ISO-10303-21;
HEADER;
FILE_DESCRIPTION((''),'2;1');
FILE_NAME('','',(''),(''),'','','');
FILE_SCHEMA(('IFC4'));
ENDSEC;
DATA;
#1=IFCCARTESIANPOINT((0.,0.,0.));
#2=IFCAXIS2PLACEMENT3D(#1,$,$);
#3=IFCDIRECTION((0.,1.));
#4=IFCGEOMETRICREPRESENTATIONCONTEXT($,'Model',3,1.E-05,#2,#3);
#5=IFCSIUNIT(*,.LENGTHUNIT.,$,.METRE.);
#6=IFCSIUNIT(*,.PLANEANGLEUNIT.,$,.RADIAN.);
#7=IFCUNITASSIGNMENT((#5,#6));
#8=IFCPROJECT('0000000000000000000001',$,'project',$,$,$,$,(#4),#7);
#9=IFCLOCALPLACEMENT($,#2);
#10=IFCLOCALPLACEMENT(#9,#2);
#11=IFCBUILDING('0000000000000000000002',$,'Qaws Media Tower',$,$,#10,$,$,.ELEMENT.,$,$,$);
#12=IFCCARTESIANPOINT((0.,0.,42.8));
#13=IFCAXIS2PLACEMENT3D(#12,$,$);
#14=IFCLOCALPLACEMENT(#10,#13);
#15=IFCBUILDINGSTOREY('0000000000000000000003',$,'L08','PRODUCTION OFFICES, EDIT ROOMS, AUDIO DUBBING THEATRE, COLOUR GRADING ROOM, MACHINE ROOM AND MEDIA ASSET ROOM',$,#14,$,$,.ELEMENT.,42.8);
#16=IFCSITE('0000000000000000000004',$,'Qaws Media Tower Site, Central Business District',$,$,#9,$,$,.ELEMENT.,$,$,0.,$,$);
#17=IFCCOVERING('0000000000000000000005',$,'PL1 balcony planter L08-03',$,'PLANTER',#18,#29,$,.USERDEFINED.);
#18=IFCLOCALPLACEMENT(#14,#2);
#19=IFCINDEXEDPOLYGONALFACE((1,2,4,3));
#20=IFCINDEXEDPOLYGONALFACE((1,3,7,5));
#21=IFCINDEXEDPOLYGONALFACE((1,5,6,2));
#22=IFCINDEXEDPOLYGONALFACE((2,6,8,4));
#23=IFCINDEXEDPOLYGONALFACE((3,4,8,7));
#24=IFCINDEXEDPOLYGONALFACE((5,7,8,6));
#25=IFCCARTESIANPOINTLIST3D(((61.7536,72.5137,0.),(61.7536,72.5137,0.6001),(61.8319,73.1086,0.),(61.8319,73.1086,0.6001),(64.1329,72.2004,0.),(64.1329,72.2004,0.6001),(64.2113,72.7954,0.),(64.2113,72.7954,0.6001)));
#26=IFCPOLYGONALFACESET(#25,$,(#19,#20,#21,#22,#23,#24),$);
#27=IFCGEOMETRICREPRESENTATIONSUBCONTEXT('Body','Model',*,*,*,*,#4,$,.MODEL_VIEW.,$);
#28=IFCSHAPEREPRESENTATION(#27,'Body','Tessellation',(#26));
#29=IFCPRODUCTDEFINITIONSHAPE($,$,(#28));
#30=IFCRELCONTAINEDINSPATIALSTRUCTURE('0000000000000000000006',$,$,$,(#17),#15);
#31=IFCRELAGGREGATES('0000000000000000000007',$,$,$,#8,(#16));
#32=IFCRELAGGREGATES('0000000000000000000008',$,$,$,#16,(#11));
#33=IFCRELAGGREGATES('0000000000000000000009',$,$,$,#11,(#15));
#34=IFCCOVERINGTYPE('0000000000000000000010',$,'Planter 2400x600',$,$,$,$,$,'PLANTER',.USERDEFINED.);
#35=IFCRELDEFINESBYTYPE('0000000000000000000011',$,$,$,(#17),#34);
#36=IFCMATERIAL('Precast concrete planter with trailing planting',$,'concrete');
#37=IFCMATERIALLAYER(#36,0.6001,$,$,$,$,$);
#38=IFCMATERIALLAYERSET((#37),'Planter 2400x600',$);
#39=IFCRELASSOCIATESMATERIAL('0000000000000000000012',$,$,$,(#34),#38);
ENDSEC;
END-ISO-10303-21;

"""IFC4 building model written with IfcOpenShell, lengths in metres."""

from ifc_helpers import new_model, si_unit, direction, frame, origin, origin_2d, place, context, subcontext, project, spatial, rectangle, extrude, material, layer, layer_set, type_object, element, save


model = new_model("IFC4")

# Units and contexts
model_context = context("Model", 3, precision=1e-05, world=origin(), true_north=direction((0.0, 1.0)))
body_context = subcontext(model_context, "Body", "Model", "MODEL_VIEW")
ifc_project = project(units=[si_unit("LENGTHUNIT", "METRE"), si_unit("PLANEANGLEUNIT", "RADIAN")], contexts=[model_context])

# Site, building, storey
site_placement = place(None, origin())
site = spatial("IfcSite", under=ifc_project, at=site_placement, Name="Qaws Media Tower Site, Central Business District", CompositionType="ELEMENT", RefElevation=0.0)
building_placement = place(site_placement, origin())
building = spatial("IfcBuilding", under=site, at=building_placement, Name="Qaws Media Tower", CompositionType="ELEMENT")
storey_placement = place(building_placement, frame((0.0, 0.0, 42.8)))
storey = spatial("IfcBuildingStorey", under=building, at=storey_placement, Name="L08", Description="PRODUCTION OFFICES, EDIT ROOMS, AUDIO DUBBING THEATRE, COLOUR GRADING ROOM, MACHINE ROOM AND MEDIA ASSET ROOM", CompositionType="ELEMENT", Elevation=42.8)

# Covering
ifc_material_1 = material(Name="Precast concrete planter with trailing planting", Category="concrete")
ifc_layer_1 = layer(ifc_material_1, 0.6001)
ifc_layer_set_1 = layer_set([ifc_layer_1], Name="Planter 2400x600")
covering_type = type_object("IfcCoveringType", Name="Planter 2400x600", ElementType="PLANTER", PredefinedType="USERDEFINED", material=ifc_layer_set_1)
covering_placement = place(storey_placement, frame((62.9824, 72.6545, 0.0), z_axis=(0.0, 0.0, 1.0), x_axis=(-0.991445, 0.130526, 0.0)))
element("IfcCovering", 1, at=covering_placement, inside=storey, type_object=covering_type, Name="PL1 balcony planter L08-03", ObjectType="PLANTER", PredefinedType="USERDEFINED", context=body_context, shape_type="SweptSolid", body=[
    extrude(rectangle(XDim=2.3999, YDim=0.6001, at=origin_2d()), origin(), (0.0, 0.0, 1.0), 0.6001),
])

save(model, "model.ifc")
